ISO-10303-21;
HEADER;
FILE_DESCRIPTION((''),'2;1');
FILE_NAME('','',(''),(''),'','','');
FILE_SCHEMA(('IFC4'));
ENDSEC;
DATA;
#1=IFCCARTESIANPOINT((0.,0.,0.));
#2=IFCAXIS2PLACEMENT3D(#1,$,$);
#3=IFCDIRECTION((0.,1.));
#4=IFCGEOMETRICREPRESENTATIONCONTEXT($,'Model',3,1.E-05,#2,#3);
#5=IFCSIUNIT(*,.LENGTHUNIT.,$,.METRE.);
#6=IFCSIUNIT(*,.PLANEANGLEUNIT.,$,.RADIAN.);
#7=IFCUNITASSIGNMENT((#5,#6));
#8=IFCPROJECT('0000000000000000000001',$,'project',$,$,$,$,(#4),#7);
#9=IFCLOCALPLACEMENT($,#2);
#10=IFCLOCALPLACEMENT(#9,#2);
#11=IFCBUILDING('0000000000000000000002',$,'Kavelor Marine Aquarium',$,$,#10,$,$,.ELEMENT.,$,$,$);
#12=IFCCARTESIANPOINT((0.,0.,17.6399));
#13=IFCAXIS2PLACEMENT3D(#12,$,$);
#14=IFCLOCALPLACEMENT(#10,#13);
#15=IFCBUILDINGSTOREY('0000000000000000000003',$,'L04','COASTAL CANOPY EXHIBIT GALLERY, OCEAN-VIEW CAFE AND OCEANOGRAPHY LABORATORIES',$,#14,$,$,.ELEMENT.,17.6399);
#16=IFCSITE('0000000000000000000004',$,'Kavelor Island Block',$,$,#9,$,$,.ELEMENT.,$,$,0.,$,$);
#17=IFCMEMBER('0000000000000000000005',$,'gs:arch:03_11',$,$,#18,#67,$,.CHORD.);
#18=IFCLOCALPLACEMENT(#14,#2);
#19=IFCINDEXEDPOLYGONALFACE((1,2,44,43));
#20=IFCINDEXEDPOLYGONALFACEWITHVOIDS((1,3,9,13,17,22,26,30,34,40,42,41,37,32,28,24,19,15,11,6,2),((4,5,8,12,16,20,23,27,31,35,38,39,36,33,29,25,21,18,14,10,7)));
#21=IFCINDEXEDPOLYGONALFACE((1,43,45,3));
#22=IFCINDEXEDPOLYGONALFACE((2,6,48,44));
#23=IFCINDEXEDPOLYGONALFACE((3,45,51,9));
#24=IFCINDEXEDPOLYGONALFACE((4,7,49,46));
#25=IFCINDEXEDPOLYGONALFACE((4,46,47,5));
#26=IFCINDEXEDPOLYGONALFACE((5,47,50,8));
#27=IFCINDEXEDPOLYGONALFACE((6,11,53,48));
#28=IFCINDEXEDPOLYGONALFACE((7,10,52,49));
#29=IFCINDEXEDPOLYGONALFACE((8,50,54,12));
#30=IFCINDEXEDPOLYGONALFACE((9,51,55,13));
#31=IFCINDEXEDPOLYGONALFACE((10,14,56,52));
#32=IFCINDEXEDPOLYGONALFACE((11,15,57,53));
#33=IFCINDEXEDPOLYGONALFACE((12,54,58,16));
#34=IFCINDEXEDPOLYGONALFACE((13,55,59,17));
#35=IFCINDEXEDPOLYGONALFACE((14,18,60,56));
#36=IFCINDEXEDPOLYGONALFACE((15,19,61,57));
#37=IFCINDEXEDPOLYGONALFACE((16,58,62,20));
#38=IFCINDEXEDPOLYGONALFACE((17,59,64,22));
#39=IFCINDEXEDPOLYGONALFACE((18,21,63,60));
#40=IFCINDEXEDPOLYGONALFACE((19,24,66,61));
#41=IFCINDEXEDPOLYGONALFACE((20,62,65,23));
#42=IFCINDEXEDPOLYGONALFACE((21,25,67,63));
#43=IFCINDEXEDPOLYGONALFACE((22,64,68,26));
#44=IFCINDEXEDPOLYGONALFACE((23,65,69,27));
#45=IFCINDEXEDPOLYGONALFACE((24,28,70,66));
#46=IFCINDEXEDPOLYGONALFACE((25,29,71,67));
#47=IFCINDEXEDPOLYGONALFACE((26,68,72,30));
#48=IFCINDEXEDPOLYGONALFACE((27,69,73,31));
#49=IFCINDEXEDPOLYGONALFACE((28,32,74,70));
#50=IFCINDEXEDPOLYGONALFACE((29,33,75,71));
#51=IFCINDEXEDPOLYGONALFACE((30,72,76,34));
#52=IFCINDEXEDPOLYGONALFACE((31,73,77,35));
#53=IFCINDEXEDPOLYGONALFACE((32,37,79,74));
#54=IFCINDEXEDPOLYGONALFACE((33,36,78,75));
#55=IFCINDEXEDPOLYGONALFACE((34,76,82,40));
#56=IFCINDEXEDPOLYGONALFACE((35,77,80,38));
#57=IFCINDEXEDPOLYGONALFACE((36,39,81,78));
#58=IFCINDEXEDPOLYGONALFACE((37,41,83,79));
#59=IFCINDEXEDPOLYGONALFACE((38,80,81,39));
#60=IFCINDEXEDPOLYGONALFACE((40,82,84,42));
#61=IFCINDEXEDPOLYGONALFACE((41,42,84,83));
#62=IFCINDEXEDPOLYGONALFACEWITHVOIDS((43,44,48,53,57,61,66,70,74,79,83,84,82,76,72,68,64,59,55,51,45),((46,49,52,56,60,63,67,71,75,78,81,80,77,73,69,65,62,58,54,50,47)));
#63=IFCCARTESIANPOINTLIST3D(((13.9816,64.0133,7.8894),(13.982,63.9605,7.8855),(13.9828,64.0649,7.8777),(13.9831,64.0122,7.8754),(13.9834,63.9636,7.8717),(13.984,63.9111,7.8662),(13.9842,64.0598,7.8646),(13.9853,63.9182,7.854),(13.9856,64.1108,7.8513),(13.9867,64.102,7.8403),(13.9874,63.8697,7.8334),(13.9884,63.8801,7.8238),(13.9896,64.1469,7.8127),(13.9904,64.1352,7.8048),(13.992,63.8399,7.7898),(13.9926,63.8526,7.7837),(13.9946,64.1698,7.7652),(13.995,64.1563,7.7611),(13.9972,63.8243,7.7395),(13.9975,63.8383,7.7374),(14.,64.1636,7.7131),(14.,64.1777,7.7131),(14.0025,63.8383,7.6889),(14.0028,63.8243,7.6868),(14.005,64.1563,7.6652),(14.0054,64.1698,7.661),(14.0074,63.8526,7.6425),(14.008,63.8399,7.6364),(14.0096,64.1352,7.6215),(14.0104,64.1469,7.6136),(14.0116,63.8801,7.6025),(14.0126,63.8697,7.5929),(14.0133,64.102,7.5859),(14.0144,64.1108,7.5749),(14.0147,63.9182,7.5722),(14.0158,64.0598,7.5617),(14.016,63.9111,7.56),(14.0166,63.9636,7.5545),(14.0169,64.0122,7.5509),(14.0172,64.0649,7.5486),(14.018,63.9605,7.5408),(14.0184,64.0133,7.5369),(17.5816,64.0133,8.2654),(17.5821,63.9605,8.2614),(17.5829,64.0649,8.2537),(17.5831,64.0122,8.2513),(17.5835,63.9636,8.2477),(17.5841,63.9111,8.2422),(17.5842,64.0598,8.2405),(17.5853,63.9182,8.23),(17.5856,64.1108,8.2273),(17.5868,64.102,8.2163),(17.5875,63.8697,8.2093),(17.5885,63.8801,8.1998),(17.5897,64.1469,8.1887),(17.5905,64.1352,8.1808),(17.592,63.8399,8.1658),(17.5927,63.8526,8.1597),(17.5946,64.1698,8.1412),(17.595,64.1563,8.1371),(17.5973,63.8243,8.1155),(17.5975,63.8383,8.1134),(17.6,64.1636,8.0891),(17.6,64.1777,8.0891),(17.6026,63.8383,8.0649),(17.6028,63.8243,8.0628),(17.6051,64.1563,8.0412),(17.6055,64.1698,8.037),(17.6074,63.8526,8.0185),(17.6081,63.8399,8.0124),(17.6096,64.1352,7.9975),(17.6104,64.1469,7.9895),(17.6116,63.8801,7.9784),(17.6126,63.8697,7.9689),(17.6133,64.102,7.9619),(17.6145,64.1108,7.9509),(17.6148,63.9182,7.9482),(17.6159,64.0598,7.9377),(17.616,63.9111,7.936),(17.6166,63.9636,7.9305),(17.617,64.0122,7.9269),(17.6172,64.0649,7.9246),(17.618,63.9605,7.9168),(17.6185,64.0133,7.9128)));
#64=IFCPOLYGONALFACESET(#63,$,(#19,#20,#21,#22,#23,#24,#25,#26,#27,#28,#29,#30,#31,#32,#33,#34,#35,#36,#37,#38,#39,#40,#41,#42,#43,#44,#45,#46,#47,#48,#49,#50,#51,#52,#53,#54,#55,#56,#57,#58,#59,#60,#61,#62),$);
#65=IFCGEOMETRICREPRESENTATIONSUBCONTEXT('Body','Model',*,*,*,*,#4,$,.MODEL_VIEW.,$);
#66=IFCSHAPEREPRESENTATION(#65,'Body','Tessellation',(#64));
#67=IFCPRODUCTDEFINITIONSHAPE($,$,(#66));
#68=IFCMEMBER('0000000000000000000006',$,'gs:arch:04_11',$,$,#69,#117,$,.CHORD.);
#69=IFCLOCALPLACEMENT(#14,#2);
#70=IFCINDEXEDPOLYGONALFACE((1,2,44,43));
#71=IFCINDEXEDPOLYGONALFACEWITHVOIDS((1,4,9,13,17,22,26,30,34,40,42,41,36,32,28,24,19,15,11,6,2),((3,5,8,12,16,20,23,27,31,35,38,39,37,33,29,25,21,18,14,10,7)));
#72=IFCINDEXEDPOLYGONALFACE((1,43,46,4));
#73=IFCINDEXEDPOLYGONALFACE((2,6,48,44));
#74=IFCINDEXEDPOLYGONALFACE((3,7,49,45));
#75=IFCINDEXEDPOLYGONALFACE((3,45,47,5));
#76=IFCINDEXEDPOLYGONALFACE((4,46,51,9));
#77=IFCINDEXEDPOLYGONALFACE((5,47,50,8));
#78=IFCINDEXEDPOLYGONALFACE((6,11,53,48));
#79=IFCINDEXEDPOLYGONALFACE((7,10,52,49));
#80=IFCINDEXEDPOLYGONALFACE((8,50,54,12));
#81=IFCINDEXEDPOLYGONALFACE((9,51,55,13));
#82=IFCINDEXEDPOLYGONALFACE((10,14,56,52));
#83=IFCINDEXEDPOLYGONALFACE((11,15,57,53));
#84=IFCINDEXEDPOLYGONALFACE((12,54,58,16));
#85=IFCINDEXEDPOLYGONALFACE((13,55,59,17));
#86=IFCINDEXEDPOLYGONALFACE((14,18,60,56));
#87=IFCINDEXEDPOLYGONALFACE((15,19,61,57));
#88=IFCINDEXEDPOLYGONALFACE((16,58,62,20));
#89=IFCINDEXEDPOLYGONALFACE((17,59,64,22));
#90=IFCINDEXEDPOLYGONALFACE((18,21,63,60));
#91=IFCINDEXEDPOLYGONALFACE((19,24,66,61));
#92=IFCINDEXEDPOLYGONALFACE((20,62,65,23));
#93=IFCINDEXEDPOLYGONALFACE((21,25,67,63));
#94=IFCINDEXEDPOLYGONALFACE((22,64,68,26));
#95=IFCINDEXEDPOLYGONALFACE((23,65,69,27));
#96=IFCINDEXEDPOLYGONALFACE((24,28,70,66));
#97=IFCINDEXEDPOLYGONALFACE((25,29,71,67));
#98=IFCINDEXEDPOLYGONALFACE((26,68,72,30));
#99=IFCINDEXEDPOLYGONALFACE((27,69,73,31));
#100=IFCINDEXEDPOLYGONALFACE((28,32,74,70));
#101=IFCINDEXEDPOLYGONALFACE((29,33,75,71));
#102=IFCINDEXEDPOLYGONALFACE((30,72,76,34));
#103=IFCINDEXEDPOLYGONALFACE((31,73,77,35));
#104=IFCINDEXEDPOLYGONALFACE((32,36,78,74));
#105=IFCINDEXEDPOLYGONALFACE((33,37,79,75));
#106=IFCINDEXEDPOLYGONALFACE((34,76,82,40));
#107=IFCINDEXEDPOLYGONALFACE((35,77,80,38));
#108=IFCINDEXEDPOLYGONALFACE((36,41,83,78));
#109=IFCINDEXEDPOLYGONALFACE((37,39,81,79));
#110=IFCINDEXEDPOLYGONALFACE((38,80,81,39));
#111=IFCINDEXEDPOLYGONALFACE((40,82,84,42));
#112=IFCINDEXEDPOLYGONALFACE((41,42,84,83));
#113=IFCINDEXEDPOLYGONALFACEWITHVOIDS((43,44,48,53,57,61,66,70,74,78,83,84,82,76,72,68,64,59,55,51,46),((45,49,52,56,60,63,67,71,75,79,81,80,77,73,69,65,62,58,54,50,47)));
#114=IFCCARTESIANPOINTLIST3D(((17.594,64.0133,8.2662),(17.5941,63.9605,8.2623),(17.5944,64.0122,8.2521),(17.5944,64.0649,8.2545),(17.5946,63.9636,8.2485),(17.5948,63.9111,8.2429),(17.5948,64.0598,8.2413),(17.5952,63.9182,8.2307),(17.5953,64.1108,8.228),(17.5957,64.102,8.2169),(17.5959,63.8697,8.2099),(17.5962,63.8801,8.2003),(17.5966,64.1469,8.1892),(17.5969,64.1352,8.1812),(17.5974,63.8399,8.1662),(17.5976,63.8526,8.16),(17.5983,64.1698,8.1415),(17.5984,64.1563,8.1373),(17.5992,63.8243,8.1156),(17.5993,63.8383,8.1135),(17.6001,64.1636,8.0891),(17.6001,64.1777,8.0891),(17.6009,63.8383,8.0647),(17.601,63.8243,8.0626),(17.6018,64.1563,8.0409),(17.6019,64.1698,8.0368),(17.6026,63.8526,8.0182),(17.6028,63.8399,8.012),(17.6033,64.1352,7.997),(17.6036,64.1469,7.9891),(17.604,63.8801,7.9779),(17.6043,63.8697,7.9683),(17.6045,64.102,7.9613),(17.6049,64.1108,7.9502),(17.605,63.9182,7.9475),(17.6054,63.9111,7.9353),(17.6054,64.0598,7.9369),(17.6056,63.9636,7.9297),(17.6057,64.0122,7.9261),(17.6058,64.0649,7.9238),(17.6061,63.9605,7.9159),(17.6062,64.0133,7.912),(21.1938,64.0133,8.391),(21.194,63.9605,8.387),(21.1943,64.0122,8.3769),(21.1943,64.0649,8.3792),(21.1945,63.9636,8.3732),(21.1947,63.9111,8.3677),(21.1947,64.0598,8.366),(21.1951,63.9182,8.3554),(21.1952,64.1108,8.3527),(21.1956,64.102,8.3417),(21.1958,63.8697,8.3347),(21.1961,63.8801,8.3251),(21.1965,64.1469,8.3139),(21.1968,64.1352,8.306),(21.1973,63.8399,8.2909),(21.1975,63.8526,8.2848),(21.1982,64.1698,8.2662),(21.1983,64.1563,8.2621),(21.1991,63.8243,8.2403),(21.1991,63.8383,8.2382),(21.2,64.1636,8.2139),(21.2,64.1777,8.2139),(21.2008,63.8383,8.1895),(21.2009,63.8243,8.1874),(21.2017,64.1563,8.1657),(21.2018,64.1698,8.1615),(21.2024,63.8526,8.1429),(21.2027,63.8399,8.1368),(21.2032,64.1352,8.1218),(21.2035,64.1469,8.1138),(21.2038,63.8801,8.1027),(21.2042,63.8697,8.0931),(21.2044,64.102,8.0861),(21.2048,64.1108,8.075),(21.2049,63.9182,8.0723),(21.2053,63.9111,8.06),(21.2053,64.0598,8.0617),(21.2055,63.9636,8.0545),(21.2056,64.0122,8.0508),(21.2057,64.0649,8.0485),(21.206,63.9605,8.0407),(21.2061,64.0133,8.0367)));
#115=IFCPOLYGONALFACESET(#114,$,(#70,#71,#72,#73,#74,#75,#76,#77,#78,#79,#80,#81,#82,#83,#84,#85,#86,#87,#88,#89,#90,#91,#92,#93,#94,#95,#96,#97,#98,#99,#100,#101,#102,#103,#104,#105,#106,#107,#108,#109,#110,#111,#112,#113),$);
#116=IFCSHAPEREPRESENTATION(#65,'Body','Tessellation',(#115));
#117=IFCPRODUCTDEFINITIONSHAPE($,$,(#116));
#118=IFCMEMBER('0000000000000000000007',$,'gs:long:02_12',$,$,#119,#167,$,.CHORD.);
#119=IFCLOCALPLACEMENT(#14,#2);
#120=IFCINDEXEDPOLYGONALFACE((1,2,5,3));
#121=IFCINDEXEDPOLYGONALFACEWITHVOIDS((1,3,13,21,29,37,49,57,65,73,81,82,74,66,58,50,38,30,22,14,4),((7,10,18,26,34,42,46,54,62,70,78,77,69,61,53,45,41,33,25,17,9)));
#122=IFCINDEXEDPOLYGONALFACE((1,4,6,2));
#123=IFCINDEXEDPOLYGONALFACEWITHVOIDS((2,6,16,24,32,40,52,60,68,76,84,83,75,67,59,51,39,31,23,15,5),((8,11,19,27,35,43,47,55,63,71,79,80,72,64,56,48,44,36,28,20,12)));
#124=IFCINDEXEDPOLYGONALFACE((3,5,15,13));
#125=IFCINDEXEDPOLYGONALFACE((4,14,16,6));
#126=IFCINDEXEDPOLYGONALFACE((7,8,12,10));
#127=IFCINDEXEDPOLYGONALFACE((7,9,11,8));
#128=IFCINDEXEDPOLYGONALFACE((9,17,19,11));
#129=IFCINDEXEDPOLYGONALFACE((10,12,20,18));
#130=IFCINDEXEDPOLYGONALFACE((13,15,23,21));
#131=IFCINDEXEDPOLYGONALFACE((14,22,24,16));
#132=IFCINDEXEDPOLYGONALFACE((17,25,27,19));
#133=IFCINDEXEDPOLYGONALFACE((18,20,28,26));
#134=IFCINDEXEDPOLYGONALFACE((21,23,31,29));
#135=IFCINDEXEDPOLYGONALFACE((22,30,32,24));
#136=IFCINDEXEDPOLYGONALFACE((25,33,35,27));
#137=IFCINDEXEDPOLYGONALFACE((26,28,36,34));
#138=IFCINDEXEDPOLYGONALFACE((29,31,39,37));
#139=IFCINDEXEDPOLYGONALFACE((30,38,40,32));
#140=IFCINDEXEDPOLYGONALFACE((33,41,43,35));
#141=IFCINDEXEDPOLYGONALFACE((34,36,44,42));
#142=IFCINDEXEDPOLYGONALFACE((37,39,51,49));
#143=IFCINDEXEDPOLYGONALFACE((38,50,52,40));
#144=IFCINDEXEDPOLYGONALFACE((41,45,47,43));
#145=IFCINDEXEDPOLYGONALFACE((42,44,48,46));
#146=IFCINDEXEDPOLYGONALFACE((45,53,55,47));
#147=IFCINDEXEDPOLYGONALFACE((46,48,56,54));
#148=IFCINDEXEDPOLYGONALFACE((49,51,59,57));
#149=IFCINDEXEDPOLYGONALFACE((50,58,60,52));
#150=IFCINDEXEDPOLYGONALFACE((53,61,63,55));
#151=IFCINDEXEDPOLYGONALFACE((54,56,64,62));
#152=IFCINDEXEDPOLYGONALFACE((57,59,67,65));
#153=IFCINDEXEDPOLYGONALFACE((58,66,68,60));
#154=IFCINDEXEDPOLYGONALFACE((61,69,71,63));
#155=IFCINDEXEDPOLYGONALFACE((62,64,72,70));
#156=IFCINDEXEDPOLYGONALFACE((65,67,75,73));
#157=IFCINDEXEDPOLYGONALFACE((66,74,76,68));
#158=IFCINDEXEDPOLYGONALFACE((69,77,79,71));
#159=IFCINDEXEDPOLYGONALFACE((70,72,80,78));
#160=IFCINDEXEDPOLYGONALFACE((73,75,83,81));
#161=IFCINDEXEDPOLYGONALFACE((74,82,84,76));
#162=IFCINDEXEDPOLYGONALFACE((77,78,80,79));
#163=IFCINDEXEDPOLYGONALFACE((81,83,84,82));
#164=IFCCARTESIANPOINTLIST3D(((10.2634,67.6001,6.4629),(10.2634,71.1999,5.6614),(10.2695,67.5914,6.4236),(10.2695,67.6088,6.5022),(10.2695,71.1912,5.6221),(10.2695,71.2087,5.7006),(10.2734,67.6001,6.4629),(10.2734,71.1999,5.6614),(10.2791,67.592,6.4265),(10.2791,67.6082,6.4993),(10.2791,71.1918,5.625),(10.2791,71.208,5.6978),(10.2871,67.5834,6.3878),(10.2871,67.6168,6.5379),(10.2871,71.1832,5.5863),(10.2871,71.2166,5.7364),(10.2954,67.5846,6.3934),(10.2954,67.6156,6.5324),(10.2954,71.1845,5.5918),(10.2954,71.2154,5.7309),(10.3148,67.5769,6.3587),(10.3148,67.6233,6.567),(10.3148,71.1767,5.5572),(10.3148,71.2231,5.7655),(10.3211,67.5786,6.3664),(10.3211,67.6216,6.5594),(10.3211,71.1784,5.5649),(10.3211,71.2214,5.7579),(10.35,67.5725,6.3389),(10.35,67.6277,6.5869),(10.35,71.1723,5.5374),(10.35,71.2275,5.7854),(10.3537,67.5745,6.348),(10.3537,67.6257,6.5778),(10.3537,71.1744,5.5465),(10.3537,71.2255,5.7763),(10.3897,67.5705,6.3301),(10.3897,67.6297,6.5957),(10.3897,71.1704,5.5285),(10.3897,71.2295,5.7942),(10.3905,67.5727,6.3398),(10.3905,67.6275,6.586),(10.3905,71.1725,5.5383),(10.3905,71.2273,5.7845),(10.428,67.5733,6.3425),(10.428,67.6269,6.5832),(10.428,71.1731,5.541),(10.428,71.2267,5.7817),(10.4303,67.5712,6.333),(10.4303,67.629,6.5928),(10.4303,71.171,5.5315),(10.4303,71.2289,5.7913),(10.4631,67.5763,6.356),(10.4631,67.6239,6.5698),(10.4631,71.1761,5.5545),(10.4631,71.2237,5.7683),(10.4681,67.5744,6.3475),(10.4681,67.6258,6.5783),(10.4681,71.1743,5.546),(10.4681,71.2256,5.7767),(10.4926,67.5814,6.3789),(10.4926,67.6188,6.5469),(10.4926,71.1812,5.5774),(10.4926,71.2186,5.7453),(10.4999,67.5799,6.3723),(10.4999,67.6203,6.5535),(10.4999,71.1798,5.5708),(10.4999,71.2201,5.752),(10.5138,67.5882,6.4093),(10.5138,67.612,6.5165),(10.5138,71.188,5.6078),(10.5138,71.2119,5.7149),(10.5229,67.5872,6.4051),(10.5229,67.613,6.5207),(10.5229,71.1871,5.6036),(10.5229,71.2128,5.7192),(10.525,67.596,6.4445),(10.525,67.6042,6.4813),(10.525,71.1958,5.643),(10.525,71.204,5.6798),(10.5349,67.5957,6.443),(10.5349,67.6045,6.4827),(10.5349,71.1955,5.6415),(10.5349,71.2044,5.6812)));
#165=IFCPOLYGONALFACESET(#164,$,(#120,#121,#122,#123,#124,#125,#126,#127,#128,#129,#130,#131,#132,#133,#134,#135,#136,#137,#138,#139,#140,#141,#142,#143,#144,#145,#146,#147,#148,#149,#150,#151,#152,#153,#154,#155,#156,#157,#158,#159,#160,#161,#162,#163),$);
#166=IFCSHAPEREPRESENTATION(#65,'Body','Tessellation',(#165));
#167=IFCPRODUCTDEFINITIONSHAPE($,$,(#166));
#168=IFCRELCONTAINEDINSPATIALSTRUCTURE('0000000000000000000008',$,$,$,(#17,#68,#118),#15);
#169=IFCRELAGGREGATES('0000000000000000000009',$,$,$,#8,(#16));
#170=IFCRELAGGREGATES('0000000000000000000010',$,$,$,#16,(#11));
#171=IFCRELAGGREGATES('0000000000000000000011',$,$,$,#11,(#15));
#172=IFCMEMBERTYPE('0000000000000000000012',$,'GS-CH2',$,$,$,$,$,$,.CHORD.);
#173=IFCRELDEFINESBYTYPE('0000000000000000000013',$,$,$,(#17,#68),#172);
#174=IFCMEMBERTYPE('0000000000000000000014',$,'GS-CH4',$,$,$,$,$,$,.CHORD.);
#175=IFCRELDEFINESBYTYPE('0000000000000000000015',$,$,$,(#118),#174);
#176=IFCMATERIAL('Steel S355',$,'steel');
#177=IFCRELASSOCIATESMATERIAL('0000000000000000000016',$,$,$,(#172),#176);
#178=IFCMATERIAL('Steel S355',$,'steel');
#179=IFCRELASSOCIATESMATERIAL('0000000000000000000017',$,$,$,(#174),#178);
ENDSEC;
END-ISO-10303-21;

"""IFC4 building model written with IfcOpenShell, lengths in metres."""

from ifc_helpers import new_model, si_unit, direction, frame, origin, origin_2d, place, context, subcontext, project, spatial, hollow_circle, extrude, material, material_profile, profile_set, type_object, element, save


model = new_model("IFC4")

# Units and contexts
model_context = context("Model", 3, precision=1e-05, world=origin(), true_north=direction((0.0, 1.0)))
body_context = subcontext(model_context, "Body", "Model", "MODEL_VIEW")
ifc_project = project(units=[si_unit("LENGTHUNIT", "METRE"), si_unit("PLANEANGLEUNIT", "RADIAN")], contexts=[model_context])

# Site, building, storey
site_placement = place(None, origin())
site = spatial("IfcSite", under=ifc_project, at=site_placement, Name="Kavelor Island Block", CompositionType="ELEMENT", RefElevation=0.0)
building_placement = place(site_placement, origin())
building = spatial("IfcBuilding", under=site, at=building_placement, Name="Kavelor Marine Aquarium", CompositionType="ELEMENT")
storey_placement = place(building_placement, frame((0.0, 0.0, 17.6399)))
storey = spatial("IfcBuildingStorey", under=building, at=storey_placement, Name="L04", Description="COASTAL CANOPY EXHIBIT GALLERY, OCEAN-VIEW CAFE AND OCEANOGRAPHY LABORATORIES", CompositionType="ELEMENT", Elevation=17.6399)

# Members
ifc_material_1 = material(Name="Steel S355", Category="steel")
ifc_material_profile_1 = material_profile(ifc_material_1, hollow_circle(Radius=0.1777, WallThickness=0.0142, at=origin_2d()), Name="CHS 355.6x14.2")
ifc_profile_set_1 = profile_set([ifc_material_profile_1], Name="Steel S355")
member_type_1 = type_object("IfcMemberType", Name="GS-CH2", PredefinedType="CHORD", material=ifc_profile_set_1)
member_1_placement = place(storey_placement, frame((14.0, 64.0, 7.7131), z_axis=(0.994591, 0.0, 0.10387), x_axis=(0.0, 1.0, 0.0)))
element("IfcMember", 1, at=member_1_placement, inside=storey, type_object=member_type_1, Name="gs:arch:03_11", PredefinedType="CHORD", context=body_context, shape_type="SweptSolid", body=[
    extrude(hollow_circle(Radius=0.1777, WallThickness=0.0142, at=origin_2d()), origin(), (0.0, 0.0, 1.0), 3.6196),
])
member_2_placement = place(storey_placement, frame((17.6001, 64.0, 8.0891), z_axis=(0.9994, 0.0, 0.034635), x_axis=(0.0, 1.0, 0.0)))
element("IfcMember", 2, at=member_2_placement, inside=storey, type_object=member_type_1, Name="gs:arch:04_11", PredefinedType="CHORD", context=body_context, shape_type="SweptSolid", body=[
    extrude(hollow_circle(Radius=0.1777, WallThickness=0.0142, at=origin_2d()), origin(), (0.0, 0.0, 1.0), 3.6021),
])
ifc_material_2 = material(Name="Steel S355", Category="steel")
ifc_material_profile_2 = material_profile(ifc_material_2, hollow_circle(Radius=0.1365, WallThickness=0.01, at=origin_2d()), Name="CHS 273.0x10.0")
ifc_profile_set_2 = profile_set([ifc_material_profile_2], Name="Steel S355")
member_type_2 = type_object("IfcMemberType", Name="GS-CH4", PredefinedType="CHORD", material=ifc_profile_set_2)
member_3_placement = place(storey_placement, frame((10.3999, 67.6001, 6.4629), z_axis=(0.0, 0.976098, -0.21733), x_axis=(-1.0, 0.0, 0.0)))
element("IfcMember", 3, at=member_3_placement, inside=storey, type_object=member_type_2, Name="gs:long:02_12", PredefinedType="CHORD", context=body_context, shape_type="SweptSolid", body=[
    extrude(hollow_circle(Radius=0.1365, WallThickness=0.01, at=origin_2d()), origin(), (0.0, 0.0, 1.0), 3.688),
])

save(model, "model.ifc")
